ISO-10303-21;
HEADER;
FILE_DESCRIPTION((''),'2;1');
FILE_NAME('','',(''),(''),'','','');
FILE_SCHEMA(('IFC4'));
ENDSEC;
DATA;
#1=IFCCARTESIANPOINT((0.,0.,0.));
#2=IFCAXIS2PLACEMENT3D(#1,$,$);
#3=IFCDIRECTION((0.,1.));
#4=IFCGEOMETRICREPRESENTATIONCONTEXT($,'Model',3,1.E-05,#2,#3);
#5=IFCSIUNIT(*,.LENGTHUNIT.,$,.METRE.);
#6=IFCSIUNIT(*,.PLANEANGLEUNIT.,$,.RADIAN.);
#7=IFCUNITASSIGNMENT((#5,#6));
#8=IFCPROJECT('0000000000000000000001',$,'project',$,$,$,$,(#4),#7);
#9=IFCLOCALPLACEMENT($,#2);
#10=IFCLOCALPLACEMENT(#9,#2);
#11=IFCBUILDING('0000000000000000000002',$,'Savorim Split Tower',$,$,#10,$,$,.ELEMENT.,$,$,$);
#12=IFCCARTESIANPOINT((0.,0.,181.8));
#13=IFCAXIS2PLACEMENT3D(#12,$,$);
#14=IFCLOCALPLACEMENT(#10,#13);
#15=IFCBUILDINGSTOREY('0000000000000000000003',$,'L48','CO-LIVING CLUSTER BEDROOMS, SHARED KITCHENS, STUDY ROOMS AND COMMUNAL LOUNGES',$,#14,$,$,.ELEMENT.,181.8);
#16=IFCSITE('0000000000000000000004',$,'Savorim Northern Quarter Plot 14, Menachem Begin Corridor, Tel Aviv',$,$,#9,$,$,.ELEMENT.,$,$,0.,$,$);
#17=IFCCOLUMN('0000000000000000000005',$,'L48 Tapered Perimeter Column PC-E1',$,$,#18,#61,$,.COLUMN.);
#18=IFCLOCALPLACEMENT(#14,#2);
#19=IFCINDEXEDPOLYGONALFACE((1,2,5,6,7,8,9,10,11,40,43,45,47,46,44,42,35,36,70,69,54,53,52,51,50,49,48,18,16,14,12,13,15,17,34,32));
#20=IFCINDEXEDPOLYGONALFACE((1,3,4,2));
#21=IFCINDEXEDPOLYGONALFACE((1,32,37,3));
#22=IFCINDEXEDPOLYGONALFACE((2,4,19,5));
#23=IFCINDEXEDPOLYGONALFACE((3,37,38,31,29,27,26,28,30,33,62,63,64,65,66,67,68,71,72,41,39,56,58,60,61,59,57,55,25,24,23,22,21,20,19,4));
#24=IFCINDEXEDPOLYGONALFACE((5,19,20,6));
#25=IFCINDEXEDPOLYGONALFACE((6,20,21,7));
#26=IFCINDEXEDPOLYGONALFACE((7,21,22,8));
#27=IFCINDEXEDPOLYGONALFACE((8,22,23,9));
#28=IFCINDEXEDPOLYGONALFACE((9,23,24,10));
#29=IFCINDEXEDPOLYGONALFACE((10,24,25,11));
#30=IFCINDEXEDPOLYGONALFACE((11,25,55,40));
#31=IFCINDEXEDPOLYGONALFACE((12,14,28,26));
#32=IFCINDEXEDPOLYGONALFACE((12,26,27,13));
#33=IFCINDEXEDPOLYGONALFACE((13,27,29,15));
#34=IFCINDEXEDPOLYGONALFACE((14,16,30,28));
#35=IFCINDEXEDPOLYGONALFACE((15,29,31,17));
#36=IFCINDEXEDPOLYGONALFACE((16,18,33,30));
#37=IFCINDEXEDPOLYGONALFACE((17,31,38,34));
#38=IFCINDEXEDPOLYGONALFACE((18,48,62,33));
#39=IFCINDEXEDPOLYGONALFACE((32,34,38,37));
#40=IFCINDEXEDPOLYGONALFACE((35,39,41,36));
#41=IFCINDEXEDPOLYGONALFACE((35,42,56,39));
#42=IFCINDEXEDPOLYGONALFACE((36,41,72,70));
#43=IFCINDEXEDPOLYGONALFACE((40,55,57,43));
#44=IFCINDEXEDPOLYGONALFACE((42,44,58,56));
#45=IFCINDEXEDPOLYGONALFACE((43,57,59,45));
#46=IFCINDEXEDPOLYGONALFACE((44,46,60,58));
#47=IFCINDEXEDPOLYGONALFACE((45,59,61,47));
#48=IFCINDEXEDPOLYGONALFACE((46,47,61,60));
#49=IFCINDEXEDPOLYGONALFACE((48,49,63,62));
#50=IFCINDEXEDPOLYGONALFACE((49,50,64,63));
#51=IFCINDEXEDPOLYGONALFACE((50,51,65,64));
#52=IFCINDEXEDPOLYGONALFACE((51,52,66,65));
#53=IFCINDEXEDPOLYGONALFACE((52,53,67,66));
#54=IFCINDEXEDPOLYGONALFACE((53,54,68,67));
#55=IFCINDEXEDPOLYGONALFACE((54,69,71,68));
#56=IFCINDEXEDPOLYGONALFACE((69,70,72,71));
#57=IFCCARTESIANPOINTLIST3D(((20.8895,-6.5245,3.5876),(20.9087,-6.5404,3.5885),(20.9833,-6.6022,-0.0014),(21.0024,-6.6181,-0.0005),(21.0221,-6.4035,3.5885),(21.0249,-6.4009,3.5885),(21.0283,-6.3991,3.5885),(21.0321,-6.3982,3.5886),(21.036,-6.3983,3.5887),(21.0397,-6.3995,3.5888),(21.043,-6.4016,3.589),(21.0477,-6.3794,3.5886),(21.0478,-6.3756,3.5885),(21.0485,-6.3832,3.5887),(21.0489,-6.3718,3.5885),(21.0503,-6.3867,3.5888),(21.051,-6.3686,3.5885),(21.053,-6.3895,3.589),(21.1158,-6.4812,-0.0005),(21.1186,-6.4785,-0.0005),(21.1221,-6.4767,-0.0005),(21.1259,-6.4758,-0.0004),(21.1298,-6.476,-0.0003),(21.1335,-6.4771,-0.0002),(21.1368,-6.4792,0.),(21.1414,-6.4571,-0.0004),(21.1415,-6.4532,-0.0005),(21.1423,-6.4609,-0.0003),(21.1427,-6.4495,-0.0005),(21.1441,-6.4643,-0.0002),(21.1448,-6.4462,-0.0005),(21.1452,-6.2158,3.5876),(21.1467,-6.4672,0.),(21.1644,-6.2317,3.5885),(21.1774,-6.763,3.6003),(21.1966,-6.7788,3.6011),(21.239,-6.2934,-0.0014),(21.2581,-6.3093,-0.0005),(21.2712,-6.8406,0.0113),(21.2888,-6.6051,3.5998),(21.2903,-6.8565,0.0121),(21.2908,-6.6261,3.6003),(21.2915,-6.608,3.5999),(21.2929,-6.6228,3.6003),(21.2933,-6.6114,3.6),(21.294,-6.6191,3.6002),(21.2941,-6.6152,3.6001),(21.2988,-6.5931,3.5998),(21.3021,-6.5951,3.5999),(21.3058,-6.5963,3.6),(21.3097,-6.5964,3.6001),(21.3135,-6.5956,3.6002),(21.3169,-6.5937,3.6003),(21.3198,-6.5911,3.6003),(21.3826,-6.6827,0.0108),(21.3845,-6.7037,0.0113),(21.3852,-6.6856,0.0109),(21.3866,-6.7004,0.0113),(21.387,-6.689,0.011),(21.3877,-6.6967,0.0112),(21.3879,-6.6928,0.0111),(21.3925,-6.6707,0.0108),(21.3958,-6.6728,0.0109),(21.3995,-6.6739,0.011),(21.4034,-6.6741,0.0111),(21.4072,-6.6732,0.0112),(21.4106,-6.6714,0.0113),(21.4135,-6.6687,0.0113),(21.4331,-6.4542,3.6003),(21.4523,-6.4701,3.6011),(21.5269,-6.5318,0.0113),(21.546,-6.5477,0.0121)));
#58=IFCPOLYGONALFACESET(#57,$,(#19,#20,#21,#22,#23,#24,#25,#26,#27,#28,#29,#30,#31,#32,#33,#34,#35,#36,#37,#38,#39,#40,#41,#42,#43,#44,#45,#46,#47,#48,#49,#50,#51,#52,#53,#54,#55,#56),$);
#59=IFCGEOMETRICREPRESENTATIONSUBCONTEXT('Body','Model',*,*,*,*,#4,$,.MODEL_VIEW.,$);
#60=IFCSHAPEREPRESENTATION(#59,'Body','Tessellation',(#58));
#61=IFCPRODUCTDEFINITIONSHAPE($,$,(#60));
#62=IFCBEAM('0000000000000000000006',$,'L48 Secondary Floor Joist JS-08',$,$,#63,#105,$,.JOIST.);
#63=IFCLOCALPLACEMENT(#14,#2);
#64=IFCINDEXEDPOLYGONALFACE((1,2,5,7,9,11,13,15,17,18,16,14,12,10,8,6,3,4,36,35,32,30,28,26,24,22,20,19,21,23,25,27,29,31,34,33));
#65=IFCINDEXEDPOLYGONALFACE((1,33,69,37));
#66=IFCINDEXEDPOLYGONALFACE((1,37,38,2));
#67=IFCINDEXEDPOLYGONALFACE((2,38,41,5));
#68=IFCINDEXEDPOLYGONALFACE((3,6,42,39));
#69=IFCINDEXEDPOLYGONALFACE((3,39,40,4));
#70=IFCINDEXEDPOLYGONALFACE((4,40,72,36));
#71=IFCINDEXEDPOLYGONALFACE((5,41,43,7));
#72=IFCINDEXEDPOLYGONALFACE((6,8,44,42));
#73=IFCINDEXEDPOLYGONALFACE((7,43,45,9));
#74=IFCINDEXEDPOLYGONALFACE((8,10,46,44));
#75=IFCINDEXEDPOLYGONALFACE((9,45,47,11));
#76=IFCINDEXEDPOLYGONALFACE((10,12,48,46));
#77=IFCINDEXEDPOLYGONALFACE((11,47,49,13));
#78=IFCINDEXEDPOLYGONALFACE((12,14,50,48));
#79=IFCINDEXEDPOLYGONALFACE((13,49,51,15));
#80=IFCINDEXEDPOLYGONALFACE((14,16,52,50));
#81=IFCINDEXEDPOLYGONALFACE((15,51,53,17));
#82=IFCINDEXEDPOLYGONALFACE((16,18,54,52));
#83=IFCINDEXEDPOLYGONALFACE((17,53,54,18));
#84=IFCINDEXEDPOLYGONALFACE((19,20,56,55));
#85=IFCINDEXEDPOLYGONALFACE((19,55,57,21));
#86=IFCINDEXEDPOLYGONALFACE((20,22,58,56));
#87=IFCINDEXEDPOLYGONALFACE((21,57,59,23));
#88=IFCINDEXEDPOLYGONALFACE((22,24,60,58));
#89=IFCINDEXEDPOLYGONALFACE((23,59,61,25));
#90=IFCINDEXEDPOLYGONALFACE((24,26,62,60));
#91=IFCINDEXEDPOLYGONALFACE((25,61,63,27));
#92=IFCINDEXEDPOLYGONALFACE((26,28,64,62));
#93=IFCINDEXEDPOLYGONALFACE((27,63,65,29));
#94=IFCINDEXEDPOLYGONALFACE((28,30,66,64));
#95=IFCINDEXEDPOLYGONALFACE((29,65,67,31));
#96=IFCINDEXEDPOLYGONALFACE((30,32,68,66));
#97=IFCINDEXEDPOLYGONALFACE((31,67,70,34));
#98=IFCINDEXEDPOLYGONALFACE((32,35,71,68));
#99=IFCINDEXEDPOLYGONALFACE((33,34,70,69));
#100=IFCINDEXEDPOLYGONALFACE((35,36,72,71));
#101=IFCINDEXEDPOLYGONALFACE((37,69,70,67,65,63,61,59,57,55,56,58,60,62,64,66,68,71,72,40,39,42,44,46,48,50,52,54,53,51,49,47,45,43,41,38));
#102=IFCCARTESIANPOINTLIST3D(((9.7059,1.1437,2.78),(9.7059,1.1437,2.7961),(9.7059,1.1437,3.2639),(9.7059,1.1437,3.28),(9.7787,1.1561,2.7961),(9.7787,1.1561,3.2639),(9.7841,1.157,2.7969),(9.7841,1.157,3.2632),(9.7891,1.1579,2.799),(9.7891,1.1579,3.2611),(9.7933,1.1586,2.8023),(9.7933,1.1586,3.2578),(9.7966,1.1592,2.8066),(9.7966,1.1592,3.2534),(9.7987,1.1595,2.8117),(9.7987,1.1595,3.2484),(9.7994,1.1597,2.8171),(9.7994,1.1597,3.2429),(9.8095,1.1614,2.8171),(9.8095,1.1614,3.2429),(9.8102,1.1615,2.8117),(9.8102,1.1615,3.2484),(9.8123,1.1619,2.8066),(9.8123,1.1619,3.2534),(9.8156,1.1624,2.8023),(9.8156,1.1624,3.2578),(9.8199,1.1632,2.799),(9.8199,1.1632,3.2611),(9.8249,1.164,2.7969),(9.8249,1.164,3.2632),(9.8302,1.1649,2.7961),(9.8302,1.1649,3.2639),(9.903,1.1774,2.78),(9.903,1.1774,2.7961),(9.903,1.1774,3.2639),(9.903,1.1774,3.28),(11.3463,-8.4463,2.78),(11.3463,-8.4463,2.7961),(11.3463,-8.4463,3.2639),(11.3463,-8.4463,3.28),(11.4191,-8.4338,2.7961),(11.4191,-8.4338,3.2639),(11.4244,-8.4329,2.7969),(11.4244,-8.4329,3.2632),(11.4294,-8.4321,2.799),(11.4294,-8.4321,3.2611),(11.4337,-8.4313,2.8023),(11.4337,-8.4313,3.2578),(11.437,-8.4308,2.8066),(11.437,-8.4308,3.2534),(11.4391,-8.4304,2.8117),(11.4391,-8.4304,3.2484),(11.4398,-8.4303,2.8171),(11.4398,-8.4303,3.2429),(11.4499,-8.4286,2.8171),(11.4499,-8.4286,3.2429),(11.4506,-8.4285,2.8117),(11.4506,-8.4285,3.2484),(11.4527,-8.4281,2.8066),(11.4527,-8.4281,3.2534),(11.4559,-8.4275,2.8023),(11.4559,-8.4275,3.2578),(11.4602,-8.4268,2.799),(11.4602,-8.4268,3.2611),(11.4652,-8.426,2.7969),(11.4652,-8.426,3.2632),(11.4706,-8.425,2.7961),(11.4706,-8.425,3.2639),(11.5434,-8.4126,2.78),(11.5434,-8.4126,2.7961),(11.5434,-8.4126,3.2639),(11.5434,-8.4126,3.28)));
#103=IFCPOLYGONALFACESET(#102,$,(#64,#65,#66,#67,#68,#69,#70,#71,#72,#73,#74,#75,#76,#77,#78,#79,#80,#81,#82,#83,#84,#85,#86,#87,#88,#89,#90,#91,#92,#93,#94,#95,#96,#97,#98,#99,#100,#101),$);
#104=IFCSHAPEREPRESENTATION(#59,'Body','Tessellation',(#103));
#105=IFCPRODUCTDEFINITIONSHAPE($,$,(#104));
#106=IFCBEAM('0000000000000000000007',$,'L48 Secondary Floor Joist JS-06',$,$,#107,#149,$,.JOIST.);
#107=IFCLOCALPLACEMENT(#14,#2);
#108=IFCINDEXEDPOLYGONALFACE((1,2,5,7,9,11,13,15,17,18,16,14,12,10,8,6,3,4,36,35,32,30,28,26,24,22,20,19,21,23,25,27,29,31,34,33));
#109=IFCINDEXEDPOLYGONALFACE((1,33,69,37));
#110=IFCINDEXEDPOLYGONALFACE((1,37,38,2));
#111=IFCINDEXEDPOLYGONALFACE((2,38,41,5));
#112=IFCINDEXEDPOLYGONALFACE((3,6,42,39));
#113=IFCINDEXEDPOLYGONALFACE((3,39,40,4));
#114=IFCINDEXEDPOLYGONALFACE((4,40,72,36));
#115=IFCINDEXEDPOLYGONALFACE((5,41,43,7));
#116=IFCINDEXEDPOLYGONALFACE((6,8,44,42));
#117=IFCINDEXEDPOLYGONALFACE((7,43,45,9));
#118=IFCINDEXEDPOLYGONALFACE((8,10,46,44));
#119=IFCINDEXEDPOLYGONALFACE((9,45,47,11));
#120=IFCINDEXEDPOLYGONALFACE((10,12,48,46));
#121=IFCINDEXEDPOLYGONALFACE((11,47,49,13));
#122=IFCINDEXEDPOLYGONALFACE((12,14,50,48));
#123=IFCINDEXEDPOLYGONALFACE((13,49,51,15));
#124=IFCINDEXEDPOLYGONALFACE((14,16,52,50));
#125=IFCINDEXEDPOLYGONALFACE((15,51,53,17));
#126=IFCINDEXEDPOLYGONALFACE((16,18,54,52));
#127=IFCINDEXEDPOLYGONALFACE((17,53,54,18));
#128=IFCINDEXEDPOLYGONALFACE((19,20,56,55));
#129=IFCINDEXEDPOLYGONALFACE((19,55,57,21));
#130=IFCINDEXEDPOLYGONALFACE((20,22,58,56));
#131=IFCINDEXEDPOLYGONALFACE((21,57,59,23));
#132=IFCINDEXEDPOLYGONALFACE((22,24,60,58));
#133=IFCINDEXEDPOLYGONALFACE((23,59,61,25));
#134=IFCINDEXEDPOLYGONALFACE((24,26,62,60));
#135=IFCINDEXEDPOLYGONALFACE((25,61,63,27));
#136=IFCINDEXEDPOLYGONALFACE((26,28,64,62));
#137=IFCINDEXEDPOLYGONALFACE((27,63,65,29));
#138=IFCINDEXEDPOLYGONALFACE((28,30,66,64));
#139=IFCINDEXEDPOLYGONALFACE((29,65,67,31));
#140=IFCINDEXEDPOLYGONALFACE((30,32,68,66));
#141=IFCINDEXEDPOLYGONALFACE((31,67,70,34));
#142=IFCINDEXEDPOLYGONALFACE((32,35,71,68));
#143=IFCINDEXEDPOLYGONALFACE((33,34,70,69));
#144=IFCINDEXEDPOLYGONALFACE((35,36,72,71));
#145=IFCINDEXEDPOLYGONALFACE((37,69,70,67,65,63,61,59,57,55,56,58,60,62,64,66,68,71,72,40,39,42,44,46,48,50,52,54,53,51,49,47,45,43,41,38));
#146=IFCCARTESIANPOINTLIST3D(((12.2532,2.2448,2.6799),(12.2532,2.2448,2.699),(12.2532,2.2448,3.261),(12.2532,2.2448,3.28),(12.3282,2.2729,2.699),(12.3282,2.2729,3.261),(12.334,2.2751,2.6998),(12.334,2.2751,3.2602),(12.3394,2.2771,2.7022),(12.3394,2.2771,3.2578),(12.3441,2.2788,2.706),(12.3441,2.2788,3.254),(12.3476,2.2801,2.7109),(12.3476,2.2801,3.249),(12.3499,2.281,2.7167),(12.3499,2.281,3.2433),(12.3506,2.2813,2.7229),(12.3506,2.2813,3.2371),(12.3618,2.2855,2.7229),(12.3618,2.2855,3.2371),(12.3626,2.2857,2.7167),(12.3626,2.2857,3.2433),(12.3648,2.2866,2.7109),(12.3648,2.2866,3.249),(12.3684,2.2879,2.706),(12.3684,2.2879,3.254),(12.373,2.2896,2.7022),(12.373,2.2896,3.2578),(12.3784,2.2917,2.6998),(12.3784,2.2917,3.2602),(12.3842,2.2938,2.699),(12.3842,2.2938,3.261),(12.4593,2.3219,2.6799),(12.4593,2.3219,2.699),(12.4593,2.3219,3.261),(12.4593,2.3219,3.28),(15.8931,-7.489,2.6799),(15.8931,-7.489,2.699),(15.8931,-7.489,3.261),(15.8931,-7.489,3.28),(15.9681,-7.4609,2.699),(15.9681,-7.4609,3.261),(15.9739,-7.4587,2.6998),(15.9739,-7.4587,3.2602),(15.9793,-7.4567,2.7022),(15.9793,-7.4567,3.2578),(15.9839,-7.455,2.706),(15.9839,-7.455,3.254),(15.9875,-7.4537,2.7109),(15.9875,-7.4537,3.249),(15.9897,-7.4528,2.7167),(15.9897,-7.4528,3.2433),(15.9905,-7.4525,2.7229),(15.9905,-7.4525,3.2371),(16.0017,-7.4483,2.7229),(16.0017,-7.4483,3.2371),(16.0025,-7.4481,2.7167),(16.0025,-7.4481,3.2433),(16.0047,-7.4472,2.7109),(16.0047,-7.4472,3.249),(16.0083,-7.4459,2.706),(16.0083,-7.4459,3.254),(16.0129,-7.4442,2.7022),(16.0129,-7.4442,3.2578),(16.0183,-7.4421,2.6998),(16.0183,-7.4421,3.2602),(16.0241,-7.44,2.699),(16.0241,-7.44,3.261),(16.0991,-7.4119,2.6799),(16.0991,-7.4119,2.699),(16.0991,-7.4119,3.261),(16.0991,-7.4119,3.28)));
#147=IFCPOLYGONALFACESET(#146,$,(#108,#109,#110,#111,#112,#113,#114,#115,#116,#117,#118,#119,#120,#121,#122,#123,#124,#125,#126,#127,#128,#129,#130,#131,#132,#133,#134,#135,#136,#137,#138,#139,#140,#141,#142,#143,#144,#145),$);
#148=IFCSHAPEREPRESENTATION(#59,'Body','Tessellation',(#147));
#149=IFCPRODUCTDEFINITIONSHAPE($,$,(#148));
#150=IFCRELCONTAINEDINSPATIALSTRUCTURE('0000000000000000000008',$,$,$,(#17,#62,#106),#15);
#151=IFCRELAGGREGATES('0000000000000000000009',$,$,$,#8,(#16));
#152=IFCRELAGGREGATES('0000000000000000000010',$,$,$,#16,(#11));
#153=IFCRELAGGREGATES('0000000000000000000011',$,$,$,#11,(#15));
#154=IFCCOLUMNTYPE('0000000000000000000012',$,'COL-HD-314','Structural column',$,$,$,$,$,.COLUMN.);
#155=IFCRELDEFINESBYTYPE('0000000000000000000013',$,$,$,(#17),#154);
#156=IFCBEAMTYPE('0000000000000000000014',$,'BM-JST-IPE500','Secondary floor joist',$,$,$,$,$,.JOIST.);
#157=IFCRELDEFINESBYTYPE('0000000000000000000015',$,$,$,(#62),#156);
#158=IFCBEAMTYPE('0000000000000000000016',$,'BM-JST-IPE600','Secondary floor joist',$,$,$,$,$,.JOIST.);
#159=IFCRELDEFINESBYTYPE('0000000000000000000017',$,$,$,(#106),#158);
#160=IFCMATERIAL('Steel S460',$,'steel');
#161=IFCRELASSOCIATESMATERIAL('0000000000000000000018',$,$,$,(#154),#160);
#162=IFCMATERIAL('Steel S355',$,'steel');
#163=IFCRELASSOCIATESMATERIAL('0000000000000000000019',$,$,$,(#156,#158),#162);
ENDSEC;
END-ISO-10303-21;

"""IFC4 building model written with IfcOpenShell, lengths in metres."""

from ifc_helpers import new_model, si_unit, direction, frame, origin, origin_2d, place, context, subcontext, project, spatial, i_section, extrude, material, material_profile, profile_set, type_object, element, save


model = new_model("IFC4")

# Units and contexts
model_context = context("Model", 3, precision=1e-05, world=origin(), true_north=direction((0.0, 1.0)))
body_context = subcontext(model_context, "Body", "Model", "MODEL_VIEW")
ifc_project = project(units=[si_unit("LENGTHUNIT", "METRE"), si_unit("PLANEANGLEUNIT", "RADIAN")], contexts=[model_context])

# Site, building, storey
site_placement = place(None, origin())
site = spatial("IfcSite", under=ifc_project, at=site_placement, Name="Savorim Northern Quarter Plot 14, Menachem Begin Corridor, Tel Aviv", CompositionType="ELEMENT", RefElevation=0.0)
building_placement = place(site_placement, origin())
building = spatial("IfcBuilding", under=site, at=building_placement, Name="Savorim Split Tower", CompositionType="ELEMENT")
storey_placement = place(building_placement, frame((0.0, 0.0, 181.8)))
storey = spatial("IfcBuildingStorey", under=building, at=storey_placement, Name="L48", Description="CO-LIVING CLUSTER BEDROOMS, SHARED KITCHENS, STUDY ROOMS AND COMMUNAL LOUNGES", CompositionType="ELEMENT", Elevation=181.8)

# Column
ifc_material_1 = material(Name="Steel S460", Category="steel")
ifc_material_profile_1 = material_profile(ifc_material_1, i_section(OverallWidth=0.4009, OverallDepth=0.3989, WebThickness=0.0156, FlangeThickness=0.0249, FilletRadius=0.0149, at=origin_2d()), Name="HD 400x314")
ifc_profile_set_1 = profile_set([ifc_material_profile_1], Name="Steel S460")
column_type = type_object("IfcColumnType", Name="COL-HD-314", Description="Structural column", PredefinedType="COLUMN", material=ifc_profile_set_1)
column_placement = place(storey_placement, frame((21.2646, -6.575, 0.0054), z_axis=(-0.026106, 0.021619, 0.999425), x_axis=(-0.637814, -0.77019, 0.0)))
element("IfcColumn", 1, at=column_placement, inside=storey, type_object=column_type, Name="L48 Tapered Perimeter Column PC-E1", PredefinedType="COLUMN", context=body_context, shape_type="SweptSolid", body=[
    extrude(i_section(OverallWidth=0.4009, OverallDepth=0.3989, WebThickness=0.0156, FlangeThickness=0.0249, FilletRadius=0.0149, at=origin_2d()), origin(), (0.0, 0.0, 1.0), 3.5911),
])

# Beams
ifc_material_2 = material(Name="Steel S355", Category="steel")
ifc_material_profile_2 = material_profile(ifc_material_2, i_section(OverallWidth=0.2, OverallDepth=0.5, WebThickness=0.0103, FlangeThickness=0.0161, FilletRadius=0.021, at=origin_2d()), Name="IPE 500")
ifc_profile_set_2 = profile_set([ifc_material_profile_2], Name="Steel S355")
beam_type_1 = type_object("IfcBeamType", Name="BM-JST-IPE500", Description="Secondary floor joist", PredefinedType="JOIST", material=ifc_profile_set_2)
beam_1_placement = place(storey_placement, frame((11.4448, -8.4294, 3.03), z_axis=(-0.168601, 0.985684, 0.0), x_axis=(-0.985684, -0.168601, 0.0)))
element("IfcBeam", 2, at=beam_1_placement, inside=storey, type_object=beam_type_1, Name="L48 Secondary Floor Joist JS-08", PredefinedType="JOIST", context=body_context, shape_type="SweptSolid", body=[
    extrude(i_section(OverallWidth=0.2, OverallDepth=0.5, WebThickness=0.0103, FlangeThickness=0.0161, FilletRadius=0.021, at=origin_2d()), origin(), (0.0, 0.0, 1.0), 9.7292),
])
ifc_material_profile_3 = material_profile(ifc_material_2, i_section(OverallWidth=0.22, OverallDepth=0.6001, WebThickness=0.012, FlangeThickness=0.019, FilletRadius=0.0239, at=origin_2d()), Name="IPE 600")
ifc_profile_set_3 = profile_set([ifc_material_profile_3], Name="Steel S355")
beam_type_2 = type_object("IfcBeamType", Name="BM-JST-IPE600", Description="Secondary floor joist", PredefinedType="JOIST", material=ifc_profile_set_3)
beam_2_placement = place(storey_placement, frame((15.9961, -7.4504, 2.98), z_axis=(-0.350253, 0.936655, 0.0), x_axis=(-0.936655, -0.350253, 0.0)))
element("IfcBeam", 3, at=beam_2_placement, inside=storey, type_object=beam_type_2, Name="L48 Secondary Floor Joist JS-06", PredefinedType="JOIST", context=body_context, shape_type="SweptSolid", body=[
    extrude(i_section(OverallWidth=0.22, OverallDepth=0.6001, WebThickness=0.012, FlangeThickness=0.019, FilletRadius=0.0239, at=origin_2d()), origin(), (0.0, 0.0, 1.0), 10.3921),
])

save(model, "model.ifc")
